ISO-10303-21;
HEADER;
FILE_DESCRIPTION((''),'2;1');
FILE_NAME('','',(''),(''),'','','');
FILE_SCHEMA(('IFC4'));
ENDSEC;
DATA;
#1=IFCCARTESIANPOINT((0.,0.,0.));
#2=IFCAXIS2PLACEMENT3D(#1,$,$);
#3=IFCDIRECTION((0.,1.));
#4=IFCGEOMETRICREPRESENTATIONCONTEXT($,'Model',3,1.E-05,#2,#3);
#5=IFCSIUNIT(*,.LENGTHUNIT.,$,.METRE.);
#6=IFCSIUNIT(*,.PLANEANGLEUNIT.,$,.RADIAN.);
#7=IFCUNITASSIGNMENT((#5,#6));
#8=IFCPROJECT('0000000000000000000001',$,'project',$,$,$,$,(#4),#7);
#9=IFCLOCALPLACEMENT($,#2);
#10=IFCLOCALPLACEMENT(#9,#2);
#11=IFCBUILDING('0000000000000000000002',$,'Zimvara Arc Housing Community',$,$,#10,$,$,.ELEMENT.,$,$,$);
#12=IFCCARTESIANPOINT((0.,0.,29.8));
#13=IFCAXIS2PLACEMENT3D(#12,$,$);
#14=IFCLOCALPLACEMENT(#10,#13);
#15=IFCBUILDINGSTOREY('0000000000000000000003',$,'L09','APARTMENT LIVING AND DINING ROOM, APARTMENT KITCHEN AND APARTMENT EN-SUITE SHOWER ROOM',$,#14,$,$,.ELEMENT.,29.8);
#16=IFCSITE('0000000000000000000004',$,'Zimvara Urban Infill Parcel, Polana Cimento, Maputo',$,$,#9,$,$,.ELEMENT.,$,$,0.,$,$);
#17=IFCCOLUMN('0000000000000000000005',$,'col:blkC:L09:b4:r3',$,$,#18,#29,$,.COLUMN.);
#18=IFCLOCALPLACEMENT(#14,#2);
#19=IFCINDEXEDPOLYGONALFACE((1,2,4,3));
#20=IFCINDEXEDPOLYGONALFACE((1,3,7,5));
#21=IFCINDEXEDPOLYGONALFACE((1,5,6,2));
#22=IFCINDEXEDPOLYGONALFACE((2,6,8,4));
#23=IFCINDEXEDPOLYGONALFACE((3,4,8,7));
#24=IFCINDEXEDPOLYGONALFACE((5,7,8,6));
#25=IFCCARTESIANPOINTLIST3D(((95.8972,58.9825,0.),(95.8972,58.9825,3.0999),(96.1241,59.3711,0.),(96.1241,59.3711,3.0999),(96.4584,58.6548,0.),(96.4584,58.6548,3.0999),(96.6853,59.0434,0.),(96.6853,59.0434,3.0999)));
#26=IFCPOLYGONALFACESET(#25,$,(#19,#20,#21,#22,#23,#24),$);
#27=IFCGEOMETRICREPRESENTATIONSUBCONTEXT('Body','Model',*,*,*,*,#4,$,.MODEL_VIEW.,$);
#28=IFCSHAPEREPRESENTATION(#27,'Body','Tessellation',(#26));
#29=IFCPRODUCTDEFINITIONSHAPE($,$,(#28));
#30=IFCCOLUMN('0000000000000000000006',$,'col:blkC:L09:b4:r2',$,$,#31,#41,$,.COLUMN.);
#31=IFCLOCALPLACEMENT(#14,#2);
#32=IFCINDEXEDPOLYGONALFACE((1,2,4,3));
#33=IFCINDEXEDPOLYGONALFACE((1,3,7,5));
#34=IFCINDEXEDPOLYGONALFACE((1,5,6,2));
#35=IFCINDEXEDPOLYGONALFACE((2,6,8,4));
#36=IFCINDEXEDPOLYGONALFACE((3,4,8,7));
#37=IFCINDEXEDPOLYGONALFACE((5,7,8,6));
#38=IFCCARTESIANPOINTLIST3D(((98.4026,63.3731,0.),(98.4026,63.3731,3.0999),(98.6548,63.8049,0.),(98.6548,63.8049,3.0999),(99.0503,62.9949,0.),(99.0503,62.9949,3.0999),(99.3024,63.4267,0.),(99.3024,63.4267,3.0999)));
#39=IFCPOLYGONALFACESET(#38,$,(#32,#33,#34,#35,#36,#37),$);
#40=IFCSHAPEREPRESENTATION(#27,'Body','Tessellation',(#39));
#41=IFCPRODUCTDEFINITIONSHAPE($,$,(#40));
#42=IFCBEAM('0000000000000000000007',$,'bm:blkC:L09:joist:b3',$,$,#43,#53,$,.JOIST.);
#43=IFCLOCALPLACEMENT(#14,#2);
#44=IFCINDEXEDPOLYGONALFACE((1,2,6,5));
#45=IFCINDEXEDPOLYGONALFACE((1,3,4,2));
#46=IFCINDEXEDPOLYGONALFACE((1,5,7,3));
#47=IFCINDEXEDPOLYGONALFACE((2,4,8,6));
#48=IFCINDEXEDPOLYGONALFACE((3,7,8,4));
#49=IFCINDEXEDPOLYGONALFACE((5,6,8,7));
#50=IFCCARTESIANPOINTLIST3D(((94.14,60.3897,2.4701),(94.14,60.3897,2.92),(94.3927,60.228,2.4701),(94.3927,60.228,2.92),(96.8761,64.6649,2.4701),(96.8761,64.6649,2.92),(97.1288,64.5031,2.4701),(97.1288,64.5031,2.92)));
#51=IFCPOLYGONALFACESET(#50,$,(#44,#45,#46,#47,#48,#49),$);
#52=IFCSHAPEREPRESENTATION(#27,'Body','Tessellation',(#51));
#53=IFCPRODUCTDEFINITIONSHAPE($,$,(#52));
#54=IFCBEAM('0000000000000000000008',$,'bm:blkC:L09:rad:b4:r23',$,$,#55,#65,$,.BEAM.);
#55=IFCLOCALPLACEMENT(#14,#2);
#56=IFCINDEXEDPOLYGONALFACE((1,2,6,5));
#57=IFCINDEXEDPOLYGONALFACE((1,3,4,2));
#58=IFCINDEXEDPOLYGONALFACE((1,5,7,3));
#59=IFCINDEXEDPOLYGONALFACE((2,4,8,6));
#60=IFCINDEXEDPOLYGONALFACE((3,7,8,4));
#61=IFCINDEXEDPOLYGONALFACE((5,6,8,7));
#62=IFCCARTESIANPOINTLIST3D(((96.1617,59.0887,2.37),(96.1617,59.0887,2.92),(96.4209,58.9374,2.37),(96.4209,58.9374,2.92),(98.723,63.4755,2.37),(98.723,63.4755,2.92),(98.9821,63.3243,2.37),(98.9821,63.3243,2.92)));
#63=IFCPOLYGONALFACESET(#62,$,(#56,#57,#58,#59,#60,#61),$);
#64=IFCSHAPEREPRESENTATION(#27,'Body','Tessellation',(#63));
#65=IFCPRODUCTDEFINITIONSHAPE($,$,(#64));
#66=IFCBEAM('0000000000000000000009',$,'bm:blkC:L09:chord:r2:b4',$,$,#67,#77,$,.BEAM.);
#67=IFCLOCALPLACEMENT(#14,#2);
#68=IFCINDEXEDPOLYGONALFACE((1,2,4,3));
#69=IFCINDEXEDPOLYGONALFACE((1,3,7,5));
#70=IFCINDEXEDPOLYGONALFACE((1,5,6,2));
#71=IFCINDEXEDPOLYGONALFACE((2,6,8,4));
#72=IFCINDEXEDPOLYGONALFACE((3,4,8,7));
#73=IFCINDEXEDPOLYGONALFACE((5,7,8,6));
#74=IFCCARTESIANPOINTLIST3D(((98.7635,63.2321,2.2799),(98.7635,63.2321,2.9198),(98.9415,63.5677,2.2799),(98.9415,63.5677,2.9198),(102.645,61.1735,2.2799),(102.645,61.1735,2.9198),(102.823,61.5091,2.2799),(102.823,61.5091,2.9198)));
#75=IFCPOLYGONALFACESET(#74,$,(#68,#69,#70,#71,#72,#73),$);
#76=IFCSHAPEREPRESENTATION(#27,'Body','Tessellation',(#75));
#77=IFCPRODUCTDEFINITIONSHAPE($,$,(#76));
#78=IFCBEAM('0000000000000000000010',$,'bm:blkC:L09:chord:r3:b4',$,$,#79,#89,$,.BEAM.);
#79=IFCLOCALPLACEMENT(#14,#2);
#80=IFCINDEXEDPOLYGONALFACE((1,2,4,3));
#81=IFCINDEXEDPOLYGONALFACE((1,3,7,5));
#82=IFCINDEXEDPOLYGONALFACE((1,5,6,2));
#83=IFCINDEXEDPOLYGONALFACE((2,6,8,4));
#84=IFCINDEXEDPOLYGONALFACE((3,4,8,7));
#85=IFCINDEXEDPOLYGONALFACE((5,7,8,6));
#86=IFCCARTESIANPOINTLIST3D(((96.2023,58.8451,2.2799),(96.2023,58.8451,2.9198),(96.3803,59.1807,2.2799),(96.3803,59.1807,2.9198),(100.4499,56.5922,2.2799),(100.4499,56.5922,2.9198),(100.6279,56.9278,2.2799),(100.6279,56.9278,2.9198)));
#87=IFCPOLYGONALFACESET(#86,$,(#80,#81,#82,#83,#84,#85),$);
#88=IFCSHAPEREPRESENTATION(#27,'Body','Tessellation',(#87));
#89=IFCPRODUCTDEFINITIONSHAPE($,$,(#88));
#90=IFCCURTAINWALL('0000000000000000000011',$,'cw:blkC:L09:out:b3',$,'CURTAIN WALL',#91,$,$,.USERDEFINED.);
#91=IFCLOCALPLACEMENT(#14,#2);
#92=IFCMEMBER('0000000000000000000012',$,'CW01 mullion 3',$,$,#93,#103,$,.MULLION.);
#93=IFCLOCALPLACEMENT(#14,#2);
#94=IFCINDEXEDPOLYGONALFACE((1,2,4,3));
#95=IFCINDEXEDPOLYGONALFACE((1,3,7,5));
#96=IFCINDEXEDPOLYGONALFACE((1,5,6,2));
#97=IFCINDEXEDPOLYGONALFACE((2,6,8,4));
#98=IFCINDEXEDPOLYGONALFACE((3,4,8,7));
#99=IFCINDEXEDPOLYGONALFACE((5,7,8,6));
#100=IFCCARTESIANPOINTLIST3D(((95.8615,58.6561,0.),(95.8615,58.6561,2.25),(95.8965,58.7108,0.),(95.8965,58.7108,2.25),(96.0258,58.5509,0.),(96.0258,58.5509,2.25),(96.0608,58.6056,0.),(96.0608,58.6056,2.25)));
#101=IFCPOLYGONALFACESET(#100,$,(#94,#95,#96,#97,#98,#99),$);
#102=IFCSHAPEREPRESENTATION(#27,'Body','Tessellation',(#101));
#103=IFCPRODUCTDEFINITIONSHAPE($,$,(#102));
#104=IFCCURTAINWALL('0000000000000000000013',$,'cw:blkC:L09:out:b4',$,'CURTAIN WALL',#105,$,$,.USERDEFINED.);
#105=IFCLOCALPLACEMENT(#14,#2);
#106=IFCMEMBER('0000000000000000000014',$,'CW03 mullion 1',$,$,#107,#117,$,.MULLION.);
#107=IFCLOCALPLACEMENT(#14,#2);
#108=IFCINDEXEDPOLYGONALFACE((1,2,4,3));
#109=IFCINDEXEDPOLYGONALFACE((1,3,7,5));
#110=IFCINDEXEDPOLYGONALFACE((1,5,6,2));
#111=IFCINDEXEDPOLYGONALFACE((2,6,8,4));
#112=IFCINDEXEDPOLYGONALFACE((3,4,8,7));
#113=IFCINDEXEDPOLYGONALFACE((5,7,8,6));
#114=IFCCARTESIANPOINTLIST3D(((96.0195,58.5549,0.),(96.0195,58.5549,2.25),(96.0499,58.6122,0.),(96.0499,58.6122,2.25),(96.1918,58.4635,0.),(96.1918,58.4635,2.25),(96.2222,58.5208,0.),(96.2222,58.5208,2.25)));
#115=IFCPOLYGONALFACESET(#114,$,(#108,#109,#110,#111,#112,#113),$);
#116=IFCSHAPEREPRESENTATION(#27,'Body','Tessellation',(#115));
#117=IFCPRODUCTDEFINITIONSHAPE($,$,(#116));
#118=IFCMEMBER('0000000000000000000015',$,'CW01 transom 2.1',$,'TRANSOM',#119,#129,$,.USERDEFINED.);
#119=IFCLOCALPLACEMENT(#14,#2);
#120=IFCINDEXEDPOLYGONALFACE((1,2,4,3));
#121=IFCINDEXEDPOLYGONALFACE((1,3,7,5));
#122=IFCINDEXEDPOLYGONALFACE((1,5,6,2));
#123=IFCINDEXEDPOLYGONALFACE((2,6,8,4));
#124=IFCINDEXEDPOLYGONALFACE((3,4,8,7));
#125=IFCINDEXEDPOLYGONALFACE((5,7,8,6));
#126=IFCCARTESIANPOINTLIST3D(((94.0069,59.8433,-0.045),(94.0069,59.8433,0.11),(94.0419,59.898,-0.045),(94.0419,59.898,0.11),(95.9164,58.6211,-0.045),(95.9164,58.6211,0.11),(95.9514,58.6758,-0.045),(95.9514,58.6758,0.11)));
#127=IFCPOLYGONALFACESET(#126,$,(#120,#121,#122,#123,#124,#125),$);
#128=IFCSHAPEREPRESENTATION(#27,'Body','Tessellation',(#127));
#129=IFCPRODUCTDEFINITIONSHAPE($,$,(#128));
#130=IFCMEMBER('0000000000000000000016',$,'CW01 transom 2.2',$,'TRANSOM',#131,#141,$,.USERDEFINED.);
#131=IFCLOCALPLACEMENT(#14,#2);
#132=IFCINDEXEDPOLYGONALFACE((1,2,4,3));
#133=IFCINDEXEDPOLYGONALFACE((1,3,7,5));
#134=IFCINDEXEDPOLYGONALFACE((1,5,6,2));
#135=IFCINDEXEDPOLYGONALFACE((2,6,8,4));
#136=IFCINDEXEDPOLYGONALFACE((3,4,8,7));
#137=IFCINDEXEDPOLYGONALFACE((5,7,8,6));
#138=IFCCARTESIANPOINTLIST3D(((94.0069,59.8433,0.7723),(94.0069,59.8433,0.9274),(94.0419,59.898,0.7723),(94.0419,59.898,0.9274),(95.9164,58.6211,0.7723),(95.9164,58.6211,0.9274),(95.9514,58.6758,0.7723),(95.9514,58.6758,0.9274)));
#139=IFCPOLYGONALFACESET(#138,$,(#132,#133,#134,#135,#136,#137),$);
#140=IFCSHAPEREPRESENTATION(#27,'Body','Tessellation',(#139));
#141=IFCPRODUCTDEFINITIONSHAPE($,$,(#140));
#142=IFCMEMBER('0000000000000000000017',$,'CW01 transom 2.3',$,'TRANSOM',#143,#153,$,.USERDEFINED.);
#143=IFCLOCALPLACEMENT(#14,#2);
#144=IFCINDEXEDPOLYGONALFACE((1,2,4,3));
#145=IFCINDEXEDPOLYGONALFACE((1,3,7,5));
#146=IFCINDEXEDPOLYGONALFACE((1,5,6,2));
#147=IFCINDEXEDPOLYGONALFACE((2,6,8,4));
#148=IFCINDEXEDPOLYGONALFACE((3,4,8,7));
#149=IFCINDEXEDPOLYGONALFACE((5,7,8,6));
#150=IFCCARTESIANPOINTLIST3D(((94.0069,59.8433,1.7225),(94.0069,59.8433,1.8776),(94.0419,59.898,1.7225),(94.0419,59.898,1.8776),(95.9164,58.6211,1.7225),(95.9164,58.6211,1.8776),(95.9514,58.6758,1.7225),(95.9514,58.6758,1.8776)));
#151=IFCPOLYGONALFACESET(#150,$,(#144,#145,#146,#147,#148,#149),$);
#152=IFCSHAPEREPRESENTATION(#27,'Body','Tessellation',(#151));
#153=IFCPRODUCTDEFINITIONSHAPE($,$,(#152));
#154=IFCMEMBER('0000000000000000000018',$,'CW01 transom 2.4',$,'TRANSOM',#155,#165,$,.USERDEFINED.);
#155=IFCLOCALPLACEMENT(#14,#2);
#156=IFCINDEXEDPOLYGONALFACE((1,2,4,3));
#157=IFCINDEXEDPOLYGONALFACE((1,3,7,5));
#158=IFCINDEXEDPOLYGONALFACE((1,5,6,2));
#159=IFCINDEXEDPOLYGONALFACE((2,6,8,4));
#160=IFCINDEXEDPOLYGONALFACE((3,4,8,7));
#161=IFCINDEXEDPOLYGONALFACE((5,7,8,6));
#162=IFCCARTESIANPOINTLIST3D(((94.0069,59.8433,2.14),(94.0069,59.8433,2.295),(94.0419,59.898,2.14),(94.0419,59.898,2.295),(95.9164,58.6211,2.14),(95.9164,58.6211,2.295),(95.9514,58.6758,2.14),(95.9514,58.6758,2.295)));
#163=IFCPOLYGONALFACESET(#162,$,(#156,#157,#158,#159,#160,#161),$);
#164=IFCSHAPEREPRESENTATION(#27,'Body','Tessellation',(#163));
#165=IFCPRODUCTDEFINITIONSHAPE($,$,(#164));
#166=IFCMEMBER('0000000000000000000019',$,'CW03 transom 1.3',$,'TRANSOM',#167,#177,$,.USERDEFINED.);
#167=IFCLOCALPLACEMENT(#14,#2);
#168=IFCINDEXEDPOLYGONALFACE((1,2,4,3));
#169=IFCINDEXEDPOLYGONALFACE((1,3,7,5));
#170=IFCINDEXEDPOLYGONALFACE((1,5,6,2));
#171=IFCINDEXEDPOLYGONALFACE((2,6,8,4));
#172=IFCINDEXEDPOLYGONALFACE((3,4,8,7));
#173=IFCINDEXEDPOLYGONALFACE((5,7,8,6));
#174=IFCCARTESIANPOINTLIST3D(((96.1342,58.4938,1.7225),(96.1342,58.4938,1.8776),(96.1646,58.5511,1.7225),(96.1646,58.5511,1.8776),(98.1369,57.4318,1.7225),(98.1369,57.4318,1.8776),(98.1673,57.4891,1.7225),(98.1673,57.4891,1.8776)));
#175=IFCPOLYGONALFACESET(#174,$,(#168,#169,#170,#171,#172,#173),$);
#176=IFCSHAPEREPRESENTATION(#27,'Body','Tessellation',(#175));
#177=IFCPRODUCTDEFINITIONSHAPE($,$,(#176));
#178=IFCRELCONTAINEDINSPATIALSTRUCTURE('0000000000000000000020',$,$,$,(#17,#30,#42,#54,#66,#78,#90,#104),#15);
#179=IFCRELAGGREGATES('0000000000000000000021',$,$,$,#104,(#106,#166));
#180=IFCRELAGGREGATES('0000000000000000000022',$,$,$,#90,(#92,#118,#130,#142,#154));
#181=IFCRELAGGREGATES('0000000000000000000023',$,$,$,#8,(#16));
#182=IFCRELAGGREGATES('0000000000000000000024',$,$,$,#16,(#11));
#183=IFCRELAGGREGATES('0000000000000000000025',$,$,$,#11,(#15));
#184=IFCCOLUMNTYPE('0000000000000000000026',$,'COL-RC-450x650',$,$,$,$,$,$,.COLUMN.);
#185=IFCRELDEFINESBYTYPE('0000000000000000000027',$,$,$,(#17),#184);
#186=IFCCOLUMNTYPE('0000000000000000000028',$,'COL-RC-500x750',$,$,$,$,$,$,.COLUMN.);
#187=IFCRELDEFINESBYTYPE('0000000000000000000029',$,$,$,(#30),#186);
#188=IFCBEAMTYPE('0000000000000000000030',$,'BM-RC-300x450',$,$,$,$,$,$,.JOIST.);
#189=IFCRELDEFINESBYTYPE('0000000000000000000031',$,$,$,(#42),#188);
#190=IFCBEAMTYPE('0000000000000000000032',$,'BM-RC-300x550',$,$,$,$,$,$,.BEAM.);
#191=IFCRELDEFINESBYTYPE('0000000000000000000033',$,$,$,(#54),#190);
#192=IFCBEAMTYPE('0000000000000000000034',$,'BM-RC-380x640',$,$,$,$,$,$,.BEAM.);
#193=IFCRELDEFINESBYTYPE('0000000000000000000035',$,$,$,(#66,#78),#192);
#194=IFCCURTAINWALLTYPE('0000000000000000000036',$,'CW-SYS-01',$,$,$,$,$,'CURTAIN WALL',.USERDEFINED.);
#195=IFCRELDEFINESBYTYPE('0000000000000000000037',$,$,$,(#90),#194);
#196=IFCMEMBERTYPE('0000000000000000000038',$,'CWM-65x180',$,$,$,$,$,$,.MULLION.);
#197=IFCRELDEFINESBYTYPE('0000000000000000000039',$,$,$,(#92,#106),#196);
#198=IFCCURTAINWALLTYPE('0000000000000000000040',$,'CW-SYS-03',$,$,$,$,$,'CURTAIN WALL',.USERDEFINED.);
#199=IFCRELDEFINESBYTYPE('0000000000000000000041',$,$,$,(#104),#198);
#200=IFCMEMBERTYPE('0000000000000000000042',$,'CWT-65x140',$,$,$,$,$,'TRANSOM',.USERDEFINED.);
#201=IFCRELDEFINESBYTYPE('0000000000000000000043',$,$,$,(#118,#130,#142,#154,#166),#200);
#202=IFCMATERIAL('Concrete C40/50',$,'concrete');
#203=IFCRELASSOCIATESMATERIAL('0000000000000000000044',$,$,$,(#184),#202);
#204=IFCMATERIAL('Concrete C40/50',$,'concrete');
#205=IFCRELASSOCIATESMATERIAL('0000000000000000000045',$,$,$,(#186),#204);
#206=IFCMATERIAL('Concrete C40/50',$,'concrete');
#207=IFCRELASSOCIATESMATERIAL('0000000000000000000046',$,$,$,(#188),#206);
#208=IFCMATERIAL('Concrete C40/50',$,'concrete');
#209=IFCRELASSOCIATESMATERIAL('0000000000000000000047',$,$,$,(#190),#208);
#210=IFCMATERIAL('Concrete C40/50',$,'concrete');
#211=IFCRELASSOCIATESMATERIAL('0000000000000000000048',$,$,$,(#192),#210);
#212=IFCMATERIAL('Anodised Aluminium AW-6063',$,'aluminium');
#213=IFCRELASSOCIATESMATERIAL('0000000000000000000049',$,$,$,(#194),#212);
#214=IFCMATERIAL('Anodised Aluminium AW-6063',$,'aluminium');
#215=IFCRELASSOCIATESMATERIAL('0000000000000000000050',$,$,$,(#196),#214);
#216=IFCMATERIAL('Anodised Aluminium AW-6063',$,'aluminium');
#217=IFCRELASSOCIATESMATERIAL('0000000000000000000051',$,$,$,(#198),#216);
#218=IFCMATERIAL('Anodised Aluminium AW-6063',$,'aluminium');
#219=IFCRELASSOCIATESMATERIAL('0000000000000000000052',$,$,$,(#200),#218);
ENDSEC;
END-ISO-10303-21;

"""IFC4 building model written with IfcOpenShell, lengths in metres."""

from ifc_helpers import new_model, si_unit, direction, frame, origin, origin_2d, place, context, subcontext, project, spatial, rectangle, extrude, material, material_profile, profile_set, type_object, element, aggregate, save


model = new_model("IFC4")

# Units and contexts
model_context = context("Model", 3, precision=1e-05, world=origin(), true_north=direction((0.0, 1.0)))
body_context = subcontext(model_context, "Body", "Model", "MODEL_VIEW")
ifc_project = project(units=[si_unit("LENGTHUNIT", "METRE"), si_unit("PLANEANGLEUNIT", "RADIAN")], contexts=[model_context])

# Site, building, storey
site_placement = place(None, origin())
site = spatial("IfcSite", under=ifc_project, at=site_placement, Name="Zimvara Urban Infill Parcel, Polana Cimento, Maputo", CompositionType="ELEMENT", RefElevation=0.0)
building_placement = place(site_placement, origin())
building = spatial("IfcBuilding", under=site, at=building_placement, Name="Zimvara Arc Housing Community", CompositionType="ELEMENT")
storey_placement = place(building_placement, frame((0.0, 0.0, 29.8)))
storey = spatial("IfcBuildingStorey", under=building, at=storey_placement, Name="L09", Description="APARTMENT LIVING AND DINING ROOM, APARTMENT KITCHEN AND APARTMENT EN-SUITE SHOWER ROOM", CompositionType="ELEMENT", Elevation=29.8)

# Columns
ifc_material_1 = material(Name="Concrete C40/50", Category="concrete")
ifc_material_profile_1 = material_profile(ifc_material_1, rectangle(XDim=0.45, YDim=0.6499, at=origin_2d()), Name="RC 450x650")
ifc_profile_set_1 = profile_set([ifc_material_profile_1], Name="Concrete C40/50")
column_type_1 = type_object("IfcColumnType", Name="COL-RC-450x650", PredefinedType="COLUMN", material=ifc_profile_set_1)
column_1_placement = place(storey_placement, frame((96.2913, 59.0129, 0.0), z_axis=(0.0, 0.0, 1.0), x_axis=(-0.504226, -0.863572, 0.0)))
element("IfcColumn", 1, at=column_1_placement, inside=storey, type_object=column_type_1, Name="col:blkC:L09:b4:r3", PredefinedType="COLUMN", context=body_context, shape_type="SweptSolid", body=[
    extrude(rectangle(XDim=0.45, YDim=0.6499, at=origin_2d()), origin(), (0.0, 0.0, 1.0), 3.0999),
])
ifc_material_2 = material(Name="Concrete C40/50", Category="concrete")
ifc_material_profile_2 = material_profile(ifc_material_2, rectangle(XDim=0.5, YDim=0.75, at=origin_2d()), Name="RC 500x750")
ifc_profile_set_2 = profile_set([ifc_material_profile_2], Name="Concrete C40/50")
column_type_2 = type_object("IfcColumnType", Name="COL-RC-500x750", PredefinedType="COLUMN", material=ifc_profile_set_2)
column_2_placement = place(storey_placement, frame((98.8525, 63.3999, 0.0), z_axis=(0.0, 0.0, 1.0), x_axis=(-0.504226, -0.863572, 0.0)))
element("IfcColumn", 2, at=column_2_placement, inside=storey, type_object=column_type_2, Name="col:blkC:L09:b4:r2", PredefinedType="COLUMN", context=body_context, shape_type="SweptSolid", body=[
    extrude(rectangle(XDim=0.5, YDim=0.75, at=origin_2d()), origin(), (0.0, 0.0, 1.0), 3.0999),
])

# Beams
ifc_material_3 = material(Name="Concrete C40/50", Category="concrete")
ifc_material_profile_3 = material_profile(ifc_material_3, rectangle(XDim=0.3, YDim=0.45, at=origin_2d()), Name="RC 300x450")
ifc_profile_set_3 = profile_set([ifc_material_profile_3], Name="Concrete C40/50")
beam_type_1 = type_object("IfcBeamType", Name="BM-RC-300x450", PredefinedType="JOIST", material=ifc_profile_set_3)
beam_1_placement = place(storey_placement, frame((97.0024, 64.584, 2.6951), z_axis=(-0.539052, -0.842272, 0.0), x_axis=(0.842272, -0.539052, 0.0)))
element("IfcBeam", 3, at=beam_1_placement, inside=storey, type_object=beam_type_1, Name="bm:blkC:L09:joist:b3", PredefinedType="JOIST", context=body_context, shape_type="SweptSolid", body=[
    extrude(rectangle(XDim=0.3, YDim=0.45, at=origin_2d()), origin(), (0.0, 0.0, 1.0), 5.0757),
])
ifc_material_4 = material(Name="Concrete C40/50", Category="concrete")
ifc_material_profile_4 = material_profile(ifc_material_4, rectangle(XDim=0.3, YDim=0.55, at=origin_2d()), Name="RC 300x550")
ifc_profile_set_4 = profile_set([ifc_material_profile_4], Name="Concrete C40/50")
beam_type_2 = type_object("IfcBeamType", Name="BM-RC-300x550", PredefinedType="BEAM", material=ifc_profile_set_4)
beam_2_placement = place(storey_placement, frame((98.8525, 63.3999, 2.645), z_axis=(-0.504197, -0.863589, 0.0), x_axis=(0.863589, -0.504197, 0.0)))
element("IfcBeam", 4, at=beam_2_placement, inside=storey, type_object=beam_type_2, Name="bm:blkC:L09:rad:b4:r23", PredefinedType="BEAM", context=body_context, shape_type="SweptSolid", body=[
    extrude(rectangle(XDim=0.3, YDim=0.55, at=origin_2d()), origin(), (0.0, 0.0, 1.0), 5.0798),
])
ifc_material_5 = material(Name="Concrete C40/50", Category="concrete")
ifc_material_profile_5 = material_profile(ifc_material_5, rectangle(XDim=0.3799, YDim=0.6399, at=origin_2d()), Name="RC 380x640")
ifc_profile_set_5 = profile_set([ifc_material_profile_5], Name="Concrete C40/50")
beam_type_3 = type_object("IfcBeamType", Name="BM-RC-380x640", PredefinedType="BEAM", material=ifc_profile_set_5)
beam_3_placement = place(storey_placement, frame((98.8525, 63.3999, 2.5999), z_axis=(0.883434, -0.468557, 0.0), x_axis=(0.468557, 0.883434, 0.0)))
element("IfcBeam", 5, at=beam_3_placement, inside=storey, type_object=beam_type_3, Name="bm:blkC:L09:chord:r2:b4", PredefinedType="BEAM", context=body_context, shape_type="SweptSolid", body=[
    extrude(rectangle(XDim=0.3799, YDim=0.6399, at=origin_2d()), origin(), (0.0, 0.0, 1.0), 4.3936),
])
beam_4_placement = place(storey_placement, frame((96.2913, 59.0129, 2.5999), z_axis=(0.883425, -0.468573, 0.0), x_axis=(0.468573, 0.883425, 0.0)))
element("IfcBeam", 6, at=beam_4_placement, inside=storey, type_object=beam_type_3, Name="bm:blkC:L09:chord:r3:b4", PredefinedType="BEAM", context=body_context, shape_type="SweptSolid", body=[
    extrude(rectangle(XDim=0.3799, YDim=0.6399, at=origin_2d()), origin(), (0.0, 0.0, 1.0), 4.8081),
])

# Curtain walls, members
ifc_material_6 = material(Name="Anodised Aluminium AW-6063", Category="aluminium")
curtain_wall_type_1 = type_object("IfcCurtainWallType", Name="CW-SYS-01", ElementType="CURTAIN WALL", PredefinedType="USERDEFINED", material=ifc_material_6)
curtain_wall_1_placement = place(storey_placement, origin())
curtain_wall_1 = element("IfcCurtainWall", 7, at=curtain_wall_1_placement, inside=storey, type_object=curtain_wall_type_1, Name="cw:blkC:L09:out:b3", ObjectType="CURTAIN WALL", PredefinedType="USERDEFINED")
ifc_material_7 = material(Name="Anodised Aluminium AW-6063", Category="aluminium")
ifc_material_profile_6 = material_profile(ifc_material_7, rectangle(XDim=0.0649, YDim=0.1951, at=origin_2d()), Name="ALU 65x195")
ifc_profile_set_6 = profile_set([ifc_material_profile_6], Name="Anodised Aluminium AW-6063")
member_type_1 = type_object("IfcMemberType", Name="CWM-65x180", PredefinedType="MULLION", material=ifc_profile_set_6)
member_1_placement = place(storey_placement, frame((95.9612, 58.6309, 0.0), z_axis=(0.0, 0.0, 1.0), x_axis=(0.539065, 0.842264, 0.0)))
member_1 = element("IfcMember", 8, at=member_1_placement, type_object=member_type_1, Name="CW01 mullion 3", PredefinedType="MULLION", context=body_context, shape_type="SweptSolid", body=[
    extrude(rectangle(XDim=0.0649, YDim=0.1951, at=origin_2d()), origin(), (0.0, 0.0, 1.0), 2.25),
])
ifc_material_8 = material(Name="Anodised Aluminium AW-6063", Category="aluminium")
curtain_wall_type_2 = type_object("IfcCurtainWallType", Name="CW-SYS-03", ElementType="CURTAIN WALL", PredefinedType="USERDEFINED", material=ifc_material_8)
curtain_wall_2_placement = place(storey_placement, origin())
curtain_wall_2 = element("IfcCurtainWall", 9, at=curtain_wall_2_placement, inside=storey, type_object=curtain_wall_type_2, Name="cw:blkC:L09:out:b4", ObjectType="CURTAIN WALL", PredefinedType="USERDEFINED")
member_2_placement = place(storey_placement, frame((96.1208, 58.5378, 0.0), z_axis=(0.0, 0.0, 1.0), x_axis=(0.468547, 0.883439, 0.0)))
member_2 = element("IfcMember", 10, at=member_2_placement, type_object=member_type_1, Name="CW03 mullion 1", PredefinedType="MULLION", context=body_context, shape_type="SweptSolid", body=[
    extrude(rectangle(XDim=0.0649, YDim=0.1951, at=origin_2d()), origin(), (0.0, 0.0, 1.0), 2.25),
])

# Members
ifc_material_9 = material(Name="Anodised Aluminium AW-6063", Category="aluminium")
ifc_material_profile_7 = material_profile(ifc_material_9, rectangle(XDim=0.0649, YDim=0.155, at=origin_2d()), Name="ALU 65x155")
ifc_profile_set_7 = profile_set([ifc_material_profile_7], Name="Anodised Aluminium AW-6063")
member_type_2 = type_object("IfcMemberType", Name="CWT-65x140", ElementType="TRANSOM", PredefinedType="USERDEFINED", material=ifc_profile_set_7)
member_3_placement = place(storey_placement, frame((94.0244, 59.8706, 0.0325), z_axis=(0.842244, -0.539096, 0.0), x_axis=(0.539096, 0.842244, 0.0)))
member_3 = element("IfcMember", 11, at=member_3_placement, type_object=member_type_2, Name="CW01 transom 2.1", ObjectType="TRANSOM", PredefinedType="USERDEFINED", context=body_context, shape_type="SweptSolid", body=[
    extrude(rectangle(XDim=0.0649, YDim=0.155, at=origin_2d()), origin(), (0.0, 0.0, 1.0), 2.2671),
])
member_4_placement = place(storey_placement, frame((94.0244, 59.8706, 0.8499), z_axis=(0.842244, -0.539096, 0.0), x_axis=(0.539096, 0.842244, 0.0)))
member_4 = element("IfcMember", 12, at=member_4_placement, type_object=member_type_2, Name="CW01 transom 2.2", ObjectType="TRANSOM", PredefinedType="USERDEFINED", context=body_context, shape_type="SweptSolid", body=[
    extrude(rectangle(XDim=0.0649, YDim=0.155, at=origin_2d()), origin(), (0.0, 0.0, 1.0), 2.2671),
])
member_5_placement = place(storey_placement, frame((94.0244, 59.8706, 1.8), z_axis=(0.842244, -0.539096, 0.0), x_axis=(0.539096, 0.842244, 0.0)))
member_5 = element("IfcMember", 13, at=member_5_placement, type_object=member_type_2, Name="CW01 transom 2.3", ObjectType="TRANSOM", PredefinedType="USERDEFINED", context=body_context, shape_type="SweptSolid", body=[
    extrude(rectangle(XDim=0.0649, YDim=0.155, at=origin_2d()), origin(), (0.0, 0.0, 1.0), 2.2671),
])
member_6_placement = place(storey_placement, frame((94.0244, 59.8706, 2.2175), z_axis=(0.842244, -0.539096, 0.0), x_axis=(0.539096, 0.842244, 0.0)))
member_6 = element("IfcMember", 14, at=member_6_placement, type_object=member_type_2, Name="CW01 transom 2.4", ObjectType="TRANSOM", PredefinedType="USERDEFINED", context=body_context, shape_type="SweptSolid", body=[
    extrude(rectangle(XDim=0.0649, YDim=0.155, at=origin_2d()), origin(), (0.0, 0.0, 1.0), 2.2671),
])
member_7_placement = place(storey_placement, frame((96.1494, 58.5225, 1.8), z_axis=(0.883465, -0.468496, 0.0), x_axis=(0.468496, 0.883465, 0.0)))
member_7 = element("IfcMember", 15, at=member_7_placement, type_object=member_type_2, Name="CW03 transom 1.3", ObjectType="TRANSOM", PredefinedType="USERDEFINED", context=body_context, shape_type="SweptSolid", body=[
    extrude(rectangle(XDim=0.0649, YDim=0.155, at=origin_2d()), origin(), (0.0, 0.0, 1.0), 2.2668),
])
aggregate(curtain_wall_2, [member_2, member_7])

aggregate(curtain_wall_1, [member_1, member_3, member_4, member_5, member_6])

save(model, "model.ifc")
